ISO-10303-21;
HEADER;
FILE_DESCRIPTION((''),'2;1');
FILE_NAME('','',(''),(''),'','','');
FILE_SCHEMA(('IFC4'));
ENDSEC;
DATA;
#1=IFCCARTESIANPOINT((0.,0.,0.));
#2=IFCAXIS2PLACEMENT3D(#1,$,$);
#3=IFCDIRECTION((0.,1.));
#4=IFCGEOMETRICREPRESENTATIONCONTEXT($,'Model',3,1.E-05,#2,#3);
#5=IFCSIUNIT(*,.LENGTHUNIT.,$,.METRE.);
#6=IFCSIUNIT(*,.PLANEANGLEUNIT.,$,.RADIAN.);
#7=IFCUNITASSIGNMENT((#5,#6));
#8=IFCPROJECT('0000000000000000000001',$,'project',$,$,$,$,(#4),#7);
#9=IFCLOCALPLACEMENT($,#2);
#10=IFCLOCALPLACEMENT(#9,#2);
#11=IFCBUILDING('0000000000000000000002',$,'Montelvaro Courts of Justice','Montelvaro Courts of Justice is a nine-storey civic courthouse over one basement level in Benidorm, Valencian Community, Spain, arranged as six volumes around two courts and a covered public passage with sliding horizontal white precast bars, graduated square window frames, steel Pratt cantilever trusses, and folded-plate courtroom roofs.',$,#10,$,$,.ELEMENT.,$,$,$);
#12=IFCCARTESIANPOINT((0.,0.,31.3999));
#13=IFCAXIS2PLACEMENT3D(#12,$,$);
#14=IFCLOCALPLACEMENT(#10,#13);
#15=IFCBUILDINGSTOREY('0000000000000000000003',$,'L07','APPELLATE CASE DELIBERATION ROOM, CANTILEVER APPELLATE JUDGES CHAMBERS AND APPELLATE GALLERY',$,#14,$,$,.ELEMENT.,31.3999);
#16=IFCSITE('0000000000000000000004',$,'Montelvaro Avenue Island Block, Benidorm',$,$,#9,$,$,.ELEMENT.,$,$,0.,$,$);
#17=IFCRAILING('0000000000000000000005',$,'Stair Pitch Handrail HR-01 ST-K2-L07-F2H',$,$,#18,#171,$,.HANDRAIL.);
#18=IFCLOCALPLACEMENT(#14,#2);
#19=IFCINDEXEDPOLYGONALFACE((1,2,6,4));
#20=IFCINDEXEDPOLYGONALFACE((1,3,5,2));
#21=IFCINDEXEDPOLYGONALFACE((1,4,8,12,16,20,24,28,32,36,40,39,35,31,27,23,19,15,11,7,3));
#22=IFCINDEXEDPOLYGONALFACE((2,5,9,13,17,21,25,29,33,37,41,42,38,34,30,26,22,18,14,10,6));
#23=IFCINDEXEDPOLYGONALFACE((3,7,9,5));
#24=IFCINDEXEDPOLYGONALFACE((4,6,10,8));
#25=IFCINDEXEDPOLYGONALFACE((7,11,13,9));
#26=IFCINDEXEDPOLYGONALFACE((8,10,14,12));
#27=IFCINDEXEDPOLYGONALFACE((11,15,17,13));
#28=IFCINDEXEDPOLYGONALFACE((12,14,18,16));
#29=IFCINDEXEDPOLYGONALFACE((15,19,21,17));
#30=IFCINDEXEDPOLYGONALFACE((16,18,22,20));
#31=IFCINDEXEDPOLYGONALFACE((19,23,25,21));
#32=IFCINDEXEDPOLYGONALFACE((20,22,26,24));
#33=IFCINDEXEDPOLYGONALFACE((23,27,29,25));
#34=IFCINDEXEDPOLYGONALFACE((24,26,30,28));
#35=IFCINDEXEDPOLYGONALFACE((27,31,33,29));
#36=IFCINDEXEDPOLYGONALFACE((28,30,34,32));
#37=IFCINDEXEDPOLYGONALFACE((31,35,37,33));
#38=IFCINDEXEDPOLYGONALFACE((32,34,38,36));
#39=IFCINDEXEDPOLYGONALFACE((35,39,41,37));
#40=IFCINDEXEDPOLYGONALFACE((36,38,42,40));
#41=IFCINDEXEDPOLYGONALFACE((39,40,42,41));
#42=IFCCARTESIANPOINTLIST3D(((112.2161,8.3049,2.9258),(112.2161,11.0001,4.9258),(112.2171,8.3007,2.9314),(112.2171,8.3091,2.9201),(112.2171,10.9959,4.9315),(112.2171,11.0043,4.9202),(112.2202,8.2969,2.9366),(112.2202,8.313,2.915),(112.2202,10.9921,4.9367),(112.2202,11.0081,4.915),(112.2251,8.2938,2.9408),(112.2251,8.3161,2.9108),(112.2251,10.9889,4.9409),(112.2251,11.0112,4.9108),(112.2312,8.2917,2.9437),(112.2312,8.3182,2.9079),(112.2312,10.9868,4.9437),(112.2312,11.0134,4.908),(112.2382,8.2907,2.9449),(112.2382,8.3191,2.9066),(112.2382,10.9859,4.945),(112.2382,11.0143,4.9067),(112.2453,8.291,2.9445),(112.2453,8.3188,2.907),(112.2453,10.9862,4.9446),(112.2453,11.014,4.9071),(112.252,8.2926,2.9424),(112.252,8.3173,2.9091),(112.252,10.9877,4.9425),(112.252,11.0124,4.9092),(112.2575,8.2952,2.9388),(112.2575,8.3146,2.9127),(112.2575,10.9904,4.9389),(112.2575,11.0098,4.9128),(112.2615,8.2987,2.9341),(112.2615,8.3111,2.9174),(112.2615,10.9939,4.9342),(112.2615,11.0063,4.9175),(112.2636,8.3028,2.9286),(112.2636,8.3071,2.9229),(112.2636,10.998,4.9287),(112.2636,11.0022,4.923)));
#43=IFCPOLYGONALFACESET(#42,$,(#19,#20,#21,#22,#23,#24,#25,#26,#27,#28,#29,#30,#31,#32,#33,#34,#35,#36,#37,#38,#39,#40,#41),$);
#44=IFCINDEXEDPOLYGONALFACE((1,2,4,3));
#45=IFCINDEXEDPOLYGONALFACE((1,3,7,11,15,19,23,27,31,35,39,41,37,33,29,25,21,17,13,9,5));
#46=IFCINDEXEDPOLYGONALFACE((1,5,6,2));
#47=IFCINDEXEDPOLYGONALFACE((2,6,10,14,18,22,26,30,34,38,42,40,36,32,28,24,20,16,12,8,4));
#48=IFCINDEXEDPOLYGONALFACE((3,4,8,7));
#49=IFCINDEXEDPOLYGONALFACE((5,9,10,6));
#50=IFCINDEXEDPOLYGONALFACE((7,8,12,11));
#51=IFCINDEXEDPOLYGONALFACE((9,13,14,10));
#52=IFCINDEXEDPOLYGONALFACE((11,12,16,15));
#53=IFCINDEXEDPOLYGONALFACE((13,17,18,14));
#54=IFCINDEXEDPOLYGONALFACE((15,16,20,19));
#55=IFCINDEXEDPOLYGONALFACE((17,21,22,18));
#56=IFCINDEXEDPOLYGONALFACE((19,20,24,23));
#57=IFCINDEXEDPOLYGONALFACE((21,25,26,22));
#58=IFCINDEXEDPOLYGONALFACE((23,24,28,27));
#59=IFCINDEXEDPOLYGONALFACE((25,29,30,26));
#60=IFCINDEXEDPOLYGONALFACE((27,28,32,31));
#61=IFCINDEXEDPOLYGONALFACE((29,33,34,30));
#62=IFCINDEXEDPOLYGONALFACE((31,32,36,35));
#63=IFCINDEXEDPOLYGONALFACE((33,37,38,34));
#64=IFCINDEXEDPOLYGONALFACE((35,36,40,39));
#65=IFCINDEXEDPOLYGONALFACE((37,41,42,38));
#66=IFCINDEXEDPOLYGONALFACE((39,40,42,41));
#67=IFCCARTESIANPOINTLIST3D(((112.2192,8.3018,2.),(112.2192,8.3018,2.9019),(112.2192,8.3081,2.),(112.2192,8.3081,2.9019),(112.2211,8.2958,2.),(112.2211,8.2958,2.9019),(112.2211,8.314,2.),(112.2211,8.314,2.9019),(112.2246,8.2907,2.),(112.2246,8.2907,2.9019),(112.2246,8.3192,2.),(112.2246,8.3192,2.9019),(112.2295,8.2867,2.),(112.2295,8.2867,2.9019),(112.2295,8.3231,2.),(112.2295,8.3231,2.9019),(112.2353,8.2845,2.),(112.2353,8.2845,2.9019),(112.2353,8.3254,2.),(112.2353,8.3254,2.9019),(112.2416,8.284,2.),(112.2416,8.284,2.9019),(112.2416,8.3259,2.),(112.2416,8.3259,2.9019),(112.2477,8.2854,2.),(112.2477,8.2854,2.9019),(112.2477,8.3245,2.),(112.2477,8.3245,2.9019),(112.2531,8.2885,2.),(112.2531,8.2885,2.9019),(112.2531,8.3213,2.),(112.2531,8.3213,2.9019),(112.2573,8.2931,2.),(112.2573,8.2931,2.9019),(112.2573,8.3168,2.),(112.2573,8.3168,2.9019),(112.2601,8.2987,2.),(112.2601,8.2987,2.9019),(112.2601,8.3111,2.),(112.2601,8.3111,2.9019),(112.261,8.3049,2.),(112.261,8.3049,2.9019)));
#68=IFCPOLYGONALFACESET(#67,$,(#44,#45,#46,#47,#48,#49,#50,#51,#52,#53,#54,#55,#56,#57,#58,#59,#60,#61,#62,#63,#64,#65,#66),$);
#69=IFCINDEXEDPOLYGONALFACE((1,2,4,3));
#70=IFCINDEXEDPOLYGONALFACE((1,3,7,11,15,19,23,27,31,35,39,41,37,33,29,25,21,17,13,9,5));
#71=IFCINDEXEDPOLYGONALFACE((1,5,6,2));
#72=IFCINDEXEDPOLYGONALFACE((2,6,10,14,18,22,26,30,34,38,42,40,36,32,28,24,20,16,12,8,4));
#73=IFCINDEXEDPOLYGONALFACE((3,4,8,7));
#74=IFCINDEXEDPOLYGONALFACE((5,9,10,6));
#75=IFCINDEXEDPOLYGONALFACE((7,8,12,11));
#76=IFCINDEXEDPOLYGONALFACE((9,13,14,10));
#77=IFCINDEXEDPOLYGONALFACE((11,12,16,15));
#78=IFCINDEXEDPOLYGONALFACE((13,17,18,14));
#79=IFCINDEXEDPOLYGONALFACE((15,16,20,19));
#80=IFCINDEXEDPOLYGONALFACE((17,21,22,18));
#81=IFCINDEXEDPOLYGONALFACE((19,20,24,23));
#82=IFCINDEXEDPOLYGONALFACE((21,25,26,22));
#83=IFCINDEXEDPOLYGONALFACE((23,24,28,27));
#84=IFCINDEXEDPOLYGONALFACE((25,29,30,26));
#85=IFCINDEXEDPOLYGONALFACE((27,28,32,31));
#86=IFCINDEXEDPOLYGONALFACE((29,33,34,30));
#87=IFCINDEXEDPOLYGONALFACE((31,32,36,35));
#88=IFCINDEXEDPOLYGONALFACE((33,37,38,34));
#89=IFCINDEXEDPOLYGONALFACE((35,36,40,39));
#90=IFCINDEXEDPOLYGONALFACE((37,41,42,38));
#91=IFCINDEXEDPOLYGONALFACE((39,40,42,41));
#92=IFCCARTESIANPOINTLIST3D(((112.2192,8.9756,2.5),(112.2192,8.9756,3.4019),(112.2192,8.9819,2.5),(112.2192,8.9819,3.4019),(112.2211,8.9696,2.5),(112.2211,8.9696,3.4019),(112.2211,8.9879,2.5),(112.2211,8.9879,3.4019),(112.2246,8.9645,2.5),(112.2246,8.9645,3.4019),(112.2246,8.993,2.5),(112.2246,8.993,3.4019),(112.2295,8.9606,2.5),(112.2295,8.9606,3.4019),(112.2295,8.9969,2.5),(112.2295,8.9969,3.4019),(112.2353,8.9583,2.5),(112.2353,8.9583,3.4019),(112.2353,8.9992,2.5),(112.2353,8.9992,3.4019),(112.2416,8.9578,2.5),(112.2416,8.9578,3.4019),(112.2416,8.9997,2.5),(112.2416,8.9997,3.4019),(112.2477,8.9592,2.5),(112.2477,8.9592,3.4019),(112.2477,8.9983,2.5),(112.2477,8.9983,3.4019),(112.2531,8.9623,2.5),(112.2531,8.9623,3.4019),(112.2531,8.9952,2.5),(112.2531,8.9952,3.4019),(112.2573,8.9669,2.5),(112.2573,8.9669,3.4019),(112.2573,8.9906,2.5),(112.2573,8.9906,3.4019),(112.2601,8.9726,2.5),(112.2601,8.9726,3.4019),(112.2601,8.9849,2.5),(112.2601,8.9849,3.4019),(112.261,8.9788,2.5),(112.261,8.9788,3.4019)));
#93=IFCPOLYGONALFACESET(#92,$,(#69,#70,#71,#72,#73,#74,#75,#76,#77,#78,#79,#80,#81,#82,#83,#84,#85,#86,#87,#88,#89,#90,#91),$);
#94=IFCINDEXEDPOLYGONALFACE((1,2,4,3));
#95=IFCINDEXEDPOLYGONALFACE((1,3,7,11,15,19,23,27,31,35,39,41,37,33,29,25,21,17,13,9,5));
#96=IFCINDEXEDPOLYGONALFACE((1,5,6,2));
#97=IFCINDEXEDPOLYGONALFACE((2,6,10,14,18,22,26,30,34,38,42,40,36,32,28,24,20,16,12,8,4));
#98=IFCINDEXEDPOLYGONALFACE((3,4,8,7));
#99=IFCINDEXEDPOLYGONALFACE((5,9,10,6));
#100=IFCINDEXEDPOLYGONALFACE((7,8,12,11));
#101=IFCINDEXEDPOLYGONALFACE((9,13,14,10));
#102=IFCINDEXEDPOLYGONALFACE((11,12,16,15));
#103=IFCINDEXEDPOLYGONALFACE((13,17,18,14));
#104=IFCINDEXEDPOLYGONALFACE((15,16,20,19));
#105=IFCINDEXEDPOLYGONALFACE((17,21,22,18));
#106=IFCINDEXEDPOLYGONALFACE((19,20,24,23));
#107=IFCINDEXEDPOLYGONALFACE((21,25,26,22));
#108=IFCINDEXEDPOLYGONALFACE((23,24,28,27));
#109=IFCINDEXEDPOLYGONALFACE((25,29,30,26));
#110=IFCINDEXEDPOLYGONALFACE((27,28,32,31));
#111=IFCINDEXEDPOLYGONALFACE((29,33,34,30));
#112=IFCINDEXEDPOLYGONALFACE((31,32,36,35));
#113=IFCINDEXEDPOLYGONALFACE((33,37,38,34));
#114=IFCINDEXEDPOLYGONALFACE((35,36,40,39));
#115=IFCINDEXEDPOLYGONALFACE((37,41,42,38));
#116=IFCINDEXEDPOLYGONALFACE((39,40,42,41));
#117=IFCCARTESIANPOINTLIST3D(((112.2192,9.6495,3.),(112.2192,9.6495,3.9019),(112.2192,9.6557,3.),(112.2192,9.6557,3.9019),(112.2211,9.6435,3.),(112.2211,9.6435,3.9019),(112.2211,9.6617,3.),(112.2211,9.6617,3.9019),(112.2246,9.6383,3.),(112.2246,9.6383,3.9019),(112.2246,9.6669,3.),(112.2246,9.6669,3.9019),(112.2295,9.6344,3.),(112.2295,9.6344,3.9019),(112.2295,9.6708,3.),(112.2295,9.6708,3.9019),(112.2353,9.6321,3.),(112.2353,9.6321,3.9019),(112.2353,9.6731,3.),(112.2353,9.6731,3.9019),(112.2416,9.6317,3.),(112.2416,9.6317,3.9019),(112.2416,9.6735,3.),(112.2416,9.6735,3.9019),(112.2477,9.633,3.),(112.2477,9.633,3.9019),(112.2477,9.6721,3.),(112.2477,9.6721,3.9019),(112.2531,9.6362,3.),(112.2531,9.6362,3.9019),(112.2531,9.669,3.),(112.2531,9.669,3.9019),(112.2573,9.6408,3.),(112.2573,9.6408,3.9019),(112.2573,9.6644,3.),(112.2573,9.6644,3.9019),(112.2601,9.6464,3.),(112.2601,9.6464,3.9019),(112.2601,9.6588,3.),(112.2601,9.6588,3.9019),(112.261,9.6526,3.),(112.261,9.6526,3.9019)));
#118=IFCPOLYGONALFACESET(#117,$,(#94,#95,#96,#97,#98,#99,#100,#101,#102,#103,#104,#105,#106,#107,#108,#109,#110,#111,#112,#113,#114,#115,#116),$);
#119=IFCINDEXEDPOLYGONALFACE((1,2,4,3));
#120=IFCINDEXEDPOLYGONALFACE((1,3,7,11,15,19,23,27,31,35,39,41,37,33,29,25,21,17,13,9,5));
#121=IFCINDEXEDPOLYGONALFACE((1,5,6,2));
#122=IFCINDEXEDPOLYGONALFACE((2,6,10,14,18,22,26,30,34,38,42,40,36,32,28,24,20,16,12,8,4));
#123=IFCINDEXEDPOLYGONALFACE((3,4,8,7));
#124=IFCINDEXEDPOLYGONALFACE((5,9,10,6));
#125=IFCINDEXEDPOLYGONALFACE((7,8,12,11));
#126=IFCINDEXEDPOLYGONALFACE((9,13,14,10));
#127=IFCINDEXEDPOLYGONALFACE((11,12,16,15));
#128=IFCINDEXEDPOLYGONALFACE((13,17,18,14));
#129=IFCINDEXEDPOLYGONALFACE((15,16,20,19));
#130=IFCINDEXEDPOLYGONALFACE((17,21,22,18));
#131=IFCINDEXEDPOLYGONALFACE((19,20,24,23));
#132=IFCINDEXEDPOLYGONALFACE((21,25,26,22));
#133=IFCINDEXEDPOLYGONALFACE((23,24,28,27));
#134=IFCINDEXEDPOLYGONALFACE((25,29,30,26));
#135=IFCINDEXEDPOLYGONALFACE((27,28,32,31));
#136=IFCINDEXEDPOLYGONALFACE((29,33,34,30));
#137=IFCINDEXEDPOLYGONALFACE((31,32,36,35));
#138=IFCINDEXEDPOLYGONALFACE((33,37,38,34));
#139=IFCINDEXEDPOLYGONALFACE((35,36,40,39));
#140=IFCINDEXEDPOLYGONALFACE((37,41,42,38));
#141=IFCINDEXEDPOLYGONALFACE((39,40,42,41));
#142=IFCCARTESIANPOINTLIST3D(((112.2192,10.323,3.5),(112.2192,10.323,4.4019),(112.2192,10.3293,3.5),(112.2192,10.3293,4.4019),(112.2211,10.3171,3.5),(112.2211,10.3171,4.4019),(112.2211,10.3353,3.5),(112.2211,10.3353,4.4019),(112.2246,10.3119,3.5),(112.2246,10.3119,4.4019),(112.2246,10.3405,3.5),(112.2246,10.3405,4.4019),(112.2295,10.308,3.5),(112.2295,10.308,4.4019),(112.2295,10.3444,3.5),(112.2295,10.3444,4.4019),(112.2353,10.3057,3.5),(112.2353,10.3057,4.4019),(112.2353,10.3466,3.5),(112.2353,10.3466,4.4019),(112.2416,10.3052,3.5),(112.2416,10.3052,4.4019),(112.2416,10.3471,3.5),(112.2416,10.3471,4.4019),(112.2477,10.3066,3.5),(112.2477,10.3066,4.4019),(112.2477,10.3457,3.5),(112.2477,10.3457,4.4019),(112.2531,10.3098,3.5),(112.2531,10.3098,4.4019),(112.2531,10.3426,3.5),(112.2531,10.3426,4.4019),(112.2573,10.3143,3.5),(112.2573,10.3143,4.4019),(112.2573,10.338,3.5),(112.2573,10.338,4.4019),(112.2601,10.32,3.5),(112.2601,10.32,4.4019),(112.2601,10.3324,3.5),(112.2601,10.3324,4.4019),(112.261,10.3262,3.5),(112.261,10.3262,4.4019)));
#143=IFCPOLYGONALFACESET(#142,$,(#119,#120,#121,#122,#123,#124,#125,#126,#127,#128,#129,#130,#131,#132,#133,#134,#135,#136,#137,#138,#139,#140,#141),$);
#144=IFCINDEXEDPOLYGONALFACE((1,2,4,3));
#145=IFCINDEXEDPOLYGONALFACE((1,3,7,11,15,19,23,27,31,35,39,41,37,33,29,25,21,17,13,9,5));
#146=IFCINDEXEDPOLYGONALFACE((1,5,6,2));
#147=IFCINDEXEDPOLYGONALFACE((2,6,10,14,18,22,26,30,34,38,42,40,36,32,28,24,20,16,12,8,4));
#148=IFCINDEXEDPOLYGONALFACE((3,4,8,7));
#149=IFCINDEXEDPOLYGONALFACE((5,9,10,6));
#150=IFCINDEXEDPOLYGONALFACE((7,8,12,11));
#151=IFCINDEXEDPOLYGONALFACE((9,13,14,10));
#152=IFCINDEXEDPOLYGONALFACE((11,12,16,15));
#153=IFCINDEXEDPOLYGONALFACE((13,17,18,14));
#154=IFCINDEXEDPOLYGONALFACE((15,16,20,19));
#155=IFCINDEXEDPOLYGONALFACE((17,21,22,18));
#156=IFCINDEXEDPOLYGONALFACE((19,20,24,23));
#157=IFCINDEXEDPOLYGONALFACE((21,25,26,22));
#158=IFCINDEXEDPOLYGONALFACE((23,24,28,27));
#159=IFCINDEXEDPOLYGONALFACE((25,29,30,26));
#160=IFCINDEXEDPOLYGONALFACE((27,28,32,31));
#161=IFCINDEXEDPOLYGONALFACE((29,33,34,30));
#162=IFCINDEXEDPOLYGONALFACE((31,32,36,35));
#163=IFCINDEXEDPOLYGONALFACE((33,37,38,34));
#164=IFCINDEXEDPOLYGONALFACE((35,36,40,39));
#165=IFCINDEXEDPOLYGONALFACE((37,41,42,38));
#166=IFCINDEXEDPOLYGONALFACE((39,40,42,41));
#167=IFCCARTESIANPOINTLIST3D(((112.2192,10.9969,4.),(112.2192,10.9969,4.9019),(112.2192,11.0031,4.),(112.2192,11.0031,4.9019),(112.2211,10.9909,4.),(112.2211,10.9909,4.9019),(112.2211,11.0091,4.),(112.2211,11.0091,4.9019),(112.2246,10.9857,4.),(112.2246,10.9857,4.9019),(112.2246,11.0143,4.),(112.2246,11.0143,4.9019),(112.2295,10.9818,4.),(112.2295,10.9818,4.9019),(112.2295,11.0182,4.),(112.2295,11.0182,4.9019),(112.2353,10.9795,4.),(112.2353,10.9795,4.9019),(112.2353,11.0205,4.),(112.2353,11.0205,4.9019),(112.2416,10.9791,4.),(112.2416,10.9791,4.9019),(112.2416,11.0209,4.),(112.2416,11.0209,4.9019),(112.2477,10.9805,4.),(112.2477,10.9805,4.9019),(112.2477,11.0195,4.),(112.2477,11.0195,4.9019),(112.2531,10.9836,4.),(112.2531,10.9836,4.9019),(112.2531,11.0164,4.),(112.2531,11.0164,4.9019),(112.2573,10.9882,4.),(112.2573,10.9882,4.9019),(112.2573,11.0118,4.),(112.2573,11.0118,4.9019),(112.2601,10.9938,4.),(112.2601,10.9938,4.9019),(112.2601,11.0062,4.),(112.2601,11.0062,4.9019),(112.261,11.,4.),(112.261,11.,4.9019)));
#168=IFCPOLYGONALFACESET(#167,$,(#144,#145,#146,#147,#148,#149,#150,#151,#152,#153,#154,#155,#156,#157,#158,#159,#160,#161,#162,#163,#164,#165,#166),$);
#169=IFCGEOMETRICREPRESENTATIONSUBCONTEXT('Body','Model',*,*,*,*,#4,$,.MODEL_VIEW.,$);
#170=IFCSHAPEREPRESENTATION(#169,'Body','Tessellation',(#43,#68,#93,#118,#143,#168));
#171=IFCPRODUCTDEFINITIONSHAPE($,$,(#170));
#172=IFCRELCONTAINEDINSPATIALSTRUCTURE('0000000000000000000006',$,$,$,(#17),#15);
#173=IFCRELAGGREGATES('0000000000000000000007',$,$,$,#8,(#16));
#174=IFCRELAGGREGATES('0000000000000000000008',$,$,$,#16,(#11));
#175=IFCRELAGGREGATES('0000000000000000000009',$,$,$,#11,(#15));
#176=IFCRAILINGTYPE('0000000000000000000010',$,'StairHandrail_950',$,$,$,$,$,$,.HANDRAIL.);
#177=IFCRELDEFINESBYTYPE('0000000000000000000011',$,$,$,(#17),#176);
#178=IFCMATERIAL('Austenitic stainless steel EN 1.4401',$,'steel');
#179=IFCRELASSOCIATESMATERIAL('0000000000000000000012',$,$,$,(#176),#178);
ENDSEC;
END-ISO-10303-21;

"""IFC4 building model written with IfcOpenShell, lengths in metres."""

from ifc_helpers import new_model, si_unit, direction, frame, origin, origin_2d, place, context, subcontext, project, spatial, circle, extrude, material, type_object, element, save


model = new_model("IFC4")

# Units and contexts
model_context = context("Model", 3, precision=1e-05, world=origin(), true_north=direction((0.0, 1.0)))
body_context = subcontext(model_context, "Body", "Model", "MODEL_VIEW")
ifc_project = project(units=[si_unit("LENGTHUNIT", "METRE"), si_unit("PLANEANGLEUNIT", "RADIAN")], contexts=[model_context])

# Site, building, storey
site_placement = place(None, origin())
site = spatial("IfcSite", under=ifc_project, at=site_placement, Name="Montelvaro Avenue Island Block, Benidorm", CompositionType="ELEMENT", RefElevation=0.0)
building_placement = place(site_placement, origin())
building = spatial("IfcBuilding", under=site, at=building_placement, Name="Montelvaro Courts of Justice", Description="Montelvaro Courts of Justice is a nine-storey civic courthouse over one basement level in Benidorm, Valencian Community, Spain, arranged as six volumes around two courts and a covered public passage with sliding horizontal white precast bars, graduated square window frames, steel Pratt cantilever trusses, and folded-plate courtroom roofs.", CompositionType="ELEMENT")
storey_placement = place(building_placement, frame((0.0, 0.0, 31.3999)))
storey = spatial("IfcBuildingStorey", under=building, at=storey_placement, Name="L07", Description="APPELLATE CASE DELIBERATION ROOM, CANTILEVER APPELLATE JUDGES CHAMBERS AND APPELLATE GALLERY", CompositionType="ELEMENT", Elevation=31.3999)

# Railing
ifc_material_1 = material(Name="Austenitic stainless steel EN 1.4401", Category="steel")
railing_type_1 = type_object("IfcRailingType", Name="StairHandrail_950", PredefinedType="HANDRAIL", material=ifc_material_1)
railing_1_placement = place(storey_placement, frame((112.24, 8.3049, 2.0)))
element("IfcRailing", 1, at=railing_1_placement, inside=storey, type_object=railing_type_1, Name="Stair Pitch Handrail HR-01 ST-K2-L07-F2H", PredefinedType="HANDRAIL", context=body_context, shape_type="SweptSolid", body=[
    extrude(circle(Radius=0.0239, at=origin_2d()), frame((0.0, 0.0, 0.9258), z_axis=(0.0, 0.803036, 0.59593), x_axis=(-1.0, 0.0, 0.0)), (0.0, 0.0, 1.0), 3.3562),
    extrude(circle(Radius=0.021, at=origin_2d()), origin(), (0.0, 0.0, 1.0), 0.9019),
    extrude(circle(Radius=0.021, at=origin_2d()), frame((0.0, 0.6738, 0.5)), (0.0, 0.0, 1.0), 0.9019),
    extrude(circle(Radius=0.021, at=origin_2d()), frame((0.0, 1.3477, 1.0)), (0.0, 0.0, 1.0), 0.9019),
    extrude(circle(Radius=0.021, at=origin_2d()), frame((0.0, 2.0212, 1.5)), (0.0, 0.0, 1.0), 0.9019),
    extrude(circle(Radius=0.021, at=origin_2d()), frame((0.0, 2.6951, 2.0)), (0.0, 0.0, 1.0), 0.9019),
])

save(model, "model.ifc")
